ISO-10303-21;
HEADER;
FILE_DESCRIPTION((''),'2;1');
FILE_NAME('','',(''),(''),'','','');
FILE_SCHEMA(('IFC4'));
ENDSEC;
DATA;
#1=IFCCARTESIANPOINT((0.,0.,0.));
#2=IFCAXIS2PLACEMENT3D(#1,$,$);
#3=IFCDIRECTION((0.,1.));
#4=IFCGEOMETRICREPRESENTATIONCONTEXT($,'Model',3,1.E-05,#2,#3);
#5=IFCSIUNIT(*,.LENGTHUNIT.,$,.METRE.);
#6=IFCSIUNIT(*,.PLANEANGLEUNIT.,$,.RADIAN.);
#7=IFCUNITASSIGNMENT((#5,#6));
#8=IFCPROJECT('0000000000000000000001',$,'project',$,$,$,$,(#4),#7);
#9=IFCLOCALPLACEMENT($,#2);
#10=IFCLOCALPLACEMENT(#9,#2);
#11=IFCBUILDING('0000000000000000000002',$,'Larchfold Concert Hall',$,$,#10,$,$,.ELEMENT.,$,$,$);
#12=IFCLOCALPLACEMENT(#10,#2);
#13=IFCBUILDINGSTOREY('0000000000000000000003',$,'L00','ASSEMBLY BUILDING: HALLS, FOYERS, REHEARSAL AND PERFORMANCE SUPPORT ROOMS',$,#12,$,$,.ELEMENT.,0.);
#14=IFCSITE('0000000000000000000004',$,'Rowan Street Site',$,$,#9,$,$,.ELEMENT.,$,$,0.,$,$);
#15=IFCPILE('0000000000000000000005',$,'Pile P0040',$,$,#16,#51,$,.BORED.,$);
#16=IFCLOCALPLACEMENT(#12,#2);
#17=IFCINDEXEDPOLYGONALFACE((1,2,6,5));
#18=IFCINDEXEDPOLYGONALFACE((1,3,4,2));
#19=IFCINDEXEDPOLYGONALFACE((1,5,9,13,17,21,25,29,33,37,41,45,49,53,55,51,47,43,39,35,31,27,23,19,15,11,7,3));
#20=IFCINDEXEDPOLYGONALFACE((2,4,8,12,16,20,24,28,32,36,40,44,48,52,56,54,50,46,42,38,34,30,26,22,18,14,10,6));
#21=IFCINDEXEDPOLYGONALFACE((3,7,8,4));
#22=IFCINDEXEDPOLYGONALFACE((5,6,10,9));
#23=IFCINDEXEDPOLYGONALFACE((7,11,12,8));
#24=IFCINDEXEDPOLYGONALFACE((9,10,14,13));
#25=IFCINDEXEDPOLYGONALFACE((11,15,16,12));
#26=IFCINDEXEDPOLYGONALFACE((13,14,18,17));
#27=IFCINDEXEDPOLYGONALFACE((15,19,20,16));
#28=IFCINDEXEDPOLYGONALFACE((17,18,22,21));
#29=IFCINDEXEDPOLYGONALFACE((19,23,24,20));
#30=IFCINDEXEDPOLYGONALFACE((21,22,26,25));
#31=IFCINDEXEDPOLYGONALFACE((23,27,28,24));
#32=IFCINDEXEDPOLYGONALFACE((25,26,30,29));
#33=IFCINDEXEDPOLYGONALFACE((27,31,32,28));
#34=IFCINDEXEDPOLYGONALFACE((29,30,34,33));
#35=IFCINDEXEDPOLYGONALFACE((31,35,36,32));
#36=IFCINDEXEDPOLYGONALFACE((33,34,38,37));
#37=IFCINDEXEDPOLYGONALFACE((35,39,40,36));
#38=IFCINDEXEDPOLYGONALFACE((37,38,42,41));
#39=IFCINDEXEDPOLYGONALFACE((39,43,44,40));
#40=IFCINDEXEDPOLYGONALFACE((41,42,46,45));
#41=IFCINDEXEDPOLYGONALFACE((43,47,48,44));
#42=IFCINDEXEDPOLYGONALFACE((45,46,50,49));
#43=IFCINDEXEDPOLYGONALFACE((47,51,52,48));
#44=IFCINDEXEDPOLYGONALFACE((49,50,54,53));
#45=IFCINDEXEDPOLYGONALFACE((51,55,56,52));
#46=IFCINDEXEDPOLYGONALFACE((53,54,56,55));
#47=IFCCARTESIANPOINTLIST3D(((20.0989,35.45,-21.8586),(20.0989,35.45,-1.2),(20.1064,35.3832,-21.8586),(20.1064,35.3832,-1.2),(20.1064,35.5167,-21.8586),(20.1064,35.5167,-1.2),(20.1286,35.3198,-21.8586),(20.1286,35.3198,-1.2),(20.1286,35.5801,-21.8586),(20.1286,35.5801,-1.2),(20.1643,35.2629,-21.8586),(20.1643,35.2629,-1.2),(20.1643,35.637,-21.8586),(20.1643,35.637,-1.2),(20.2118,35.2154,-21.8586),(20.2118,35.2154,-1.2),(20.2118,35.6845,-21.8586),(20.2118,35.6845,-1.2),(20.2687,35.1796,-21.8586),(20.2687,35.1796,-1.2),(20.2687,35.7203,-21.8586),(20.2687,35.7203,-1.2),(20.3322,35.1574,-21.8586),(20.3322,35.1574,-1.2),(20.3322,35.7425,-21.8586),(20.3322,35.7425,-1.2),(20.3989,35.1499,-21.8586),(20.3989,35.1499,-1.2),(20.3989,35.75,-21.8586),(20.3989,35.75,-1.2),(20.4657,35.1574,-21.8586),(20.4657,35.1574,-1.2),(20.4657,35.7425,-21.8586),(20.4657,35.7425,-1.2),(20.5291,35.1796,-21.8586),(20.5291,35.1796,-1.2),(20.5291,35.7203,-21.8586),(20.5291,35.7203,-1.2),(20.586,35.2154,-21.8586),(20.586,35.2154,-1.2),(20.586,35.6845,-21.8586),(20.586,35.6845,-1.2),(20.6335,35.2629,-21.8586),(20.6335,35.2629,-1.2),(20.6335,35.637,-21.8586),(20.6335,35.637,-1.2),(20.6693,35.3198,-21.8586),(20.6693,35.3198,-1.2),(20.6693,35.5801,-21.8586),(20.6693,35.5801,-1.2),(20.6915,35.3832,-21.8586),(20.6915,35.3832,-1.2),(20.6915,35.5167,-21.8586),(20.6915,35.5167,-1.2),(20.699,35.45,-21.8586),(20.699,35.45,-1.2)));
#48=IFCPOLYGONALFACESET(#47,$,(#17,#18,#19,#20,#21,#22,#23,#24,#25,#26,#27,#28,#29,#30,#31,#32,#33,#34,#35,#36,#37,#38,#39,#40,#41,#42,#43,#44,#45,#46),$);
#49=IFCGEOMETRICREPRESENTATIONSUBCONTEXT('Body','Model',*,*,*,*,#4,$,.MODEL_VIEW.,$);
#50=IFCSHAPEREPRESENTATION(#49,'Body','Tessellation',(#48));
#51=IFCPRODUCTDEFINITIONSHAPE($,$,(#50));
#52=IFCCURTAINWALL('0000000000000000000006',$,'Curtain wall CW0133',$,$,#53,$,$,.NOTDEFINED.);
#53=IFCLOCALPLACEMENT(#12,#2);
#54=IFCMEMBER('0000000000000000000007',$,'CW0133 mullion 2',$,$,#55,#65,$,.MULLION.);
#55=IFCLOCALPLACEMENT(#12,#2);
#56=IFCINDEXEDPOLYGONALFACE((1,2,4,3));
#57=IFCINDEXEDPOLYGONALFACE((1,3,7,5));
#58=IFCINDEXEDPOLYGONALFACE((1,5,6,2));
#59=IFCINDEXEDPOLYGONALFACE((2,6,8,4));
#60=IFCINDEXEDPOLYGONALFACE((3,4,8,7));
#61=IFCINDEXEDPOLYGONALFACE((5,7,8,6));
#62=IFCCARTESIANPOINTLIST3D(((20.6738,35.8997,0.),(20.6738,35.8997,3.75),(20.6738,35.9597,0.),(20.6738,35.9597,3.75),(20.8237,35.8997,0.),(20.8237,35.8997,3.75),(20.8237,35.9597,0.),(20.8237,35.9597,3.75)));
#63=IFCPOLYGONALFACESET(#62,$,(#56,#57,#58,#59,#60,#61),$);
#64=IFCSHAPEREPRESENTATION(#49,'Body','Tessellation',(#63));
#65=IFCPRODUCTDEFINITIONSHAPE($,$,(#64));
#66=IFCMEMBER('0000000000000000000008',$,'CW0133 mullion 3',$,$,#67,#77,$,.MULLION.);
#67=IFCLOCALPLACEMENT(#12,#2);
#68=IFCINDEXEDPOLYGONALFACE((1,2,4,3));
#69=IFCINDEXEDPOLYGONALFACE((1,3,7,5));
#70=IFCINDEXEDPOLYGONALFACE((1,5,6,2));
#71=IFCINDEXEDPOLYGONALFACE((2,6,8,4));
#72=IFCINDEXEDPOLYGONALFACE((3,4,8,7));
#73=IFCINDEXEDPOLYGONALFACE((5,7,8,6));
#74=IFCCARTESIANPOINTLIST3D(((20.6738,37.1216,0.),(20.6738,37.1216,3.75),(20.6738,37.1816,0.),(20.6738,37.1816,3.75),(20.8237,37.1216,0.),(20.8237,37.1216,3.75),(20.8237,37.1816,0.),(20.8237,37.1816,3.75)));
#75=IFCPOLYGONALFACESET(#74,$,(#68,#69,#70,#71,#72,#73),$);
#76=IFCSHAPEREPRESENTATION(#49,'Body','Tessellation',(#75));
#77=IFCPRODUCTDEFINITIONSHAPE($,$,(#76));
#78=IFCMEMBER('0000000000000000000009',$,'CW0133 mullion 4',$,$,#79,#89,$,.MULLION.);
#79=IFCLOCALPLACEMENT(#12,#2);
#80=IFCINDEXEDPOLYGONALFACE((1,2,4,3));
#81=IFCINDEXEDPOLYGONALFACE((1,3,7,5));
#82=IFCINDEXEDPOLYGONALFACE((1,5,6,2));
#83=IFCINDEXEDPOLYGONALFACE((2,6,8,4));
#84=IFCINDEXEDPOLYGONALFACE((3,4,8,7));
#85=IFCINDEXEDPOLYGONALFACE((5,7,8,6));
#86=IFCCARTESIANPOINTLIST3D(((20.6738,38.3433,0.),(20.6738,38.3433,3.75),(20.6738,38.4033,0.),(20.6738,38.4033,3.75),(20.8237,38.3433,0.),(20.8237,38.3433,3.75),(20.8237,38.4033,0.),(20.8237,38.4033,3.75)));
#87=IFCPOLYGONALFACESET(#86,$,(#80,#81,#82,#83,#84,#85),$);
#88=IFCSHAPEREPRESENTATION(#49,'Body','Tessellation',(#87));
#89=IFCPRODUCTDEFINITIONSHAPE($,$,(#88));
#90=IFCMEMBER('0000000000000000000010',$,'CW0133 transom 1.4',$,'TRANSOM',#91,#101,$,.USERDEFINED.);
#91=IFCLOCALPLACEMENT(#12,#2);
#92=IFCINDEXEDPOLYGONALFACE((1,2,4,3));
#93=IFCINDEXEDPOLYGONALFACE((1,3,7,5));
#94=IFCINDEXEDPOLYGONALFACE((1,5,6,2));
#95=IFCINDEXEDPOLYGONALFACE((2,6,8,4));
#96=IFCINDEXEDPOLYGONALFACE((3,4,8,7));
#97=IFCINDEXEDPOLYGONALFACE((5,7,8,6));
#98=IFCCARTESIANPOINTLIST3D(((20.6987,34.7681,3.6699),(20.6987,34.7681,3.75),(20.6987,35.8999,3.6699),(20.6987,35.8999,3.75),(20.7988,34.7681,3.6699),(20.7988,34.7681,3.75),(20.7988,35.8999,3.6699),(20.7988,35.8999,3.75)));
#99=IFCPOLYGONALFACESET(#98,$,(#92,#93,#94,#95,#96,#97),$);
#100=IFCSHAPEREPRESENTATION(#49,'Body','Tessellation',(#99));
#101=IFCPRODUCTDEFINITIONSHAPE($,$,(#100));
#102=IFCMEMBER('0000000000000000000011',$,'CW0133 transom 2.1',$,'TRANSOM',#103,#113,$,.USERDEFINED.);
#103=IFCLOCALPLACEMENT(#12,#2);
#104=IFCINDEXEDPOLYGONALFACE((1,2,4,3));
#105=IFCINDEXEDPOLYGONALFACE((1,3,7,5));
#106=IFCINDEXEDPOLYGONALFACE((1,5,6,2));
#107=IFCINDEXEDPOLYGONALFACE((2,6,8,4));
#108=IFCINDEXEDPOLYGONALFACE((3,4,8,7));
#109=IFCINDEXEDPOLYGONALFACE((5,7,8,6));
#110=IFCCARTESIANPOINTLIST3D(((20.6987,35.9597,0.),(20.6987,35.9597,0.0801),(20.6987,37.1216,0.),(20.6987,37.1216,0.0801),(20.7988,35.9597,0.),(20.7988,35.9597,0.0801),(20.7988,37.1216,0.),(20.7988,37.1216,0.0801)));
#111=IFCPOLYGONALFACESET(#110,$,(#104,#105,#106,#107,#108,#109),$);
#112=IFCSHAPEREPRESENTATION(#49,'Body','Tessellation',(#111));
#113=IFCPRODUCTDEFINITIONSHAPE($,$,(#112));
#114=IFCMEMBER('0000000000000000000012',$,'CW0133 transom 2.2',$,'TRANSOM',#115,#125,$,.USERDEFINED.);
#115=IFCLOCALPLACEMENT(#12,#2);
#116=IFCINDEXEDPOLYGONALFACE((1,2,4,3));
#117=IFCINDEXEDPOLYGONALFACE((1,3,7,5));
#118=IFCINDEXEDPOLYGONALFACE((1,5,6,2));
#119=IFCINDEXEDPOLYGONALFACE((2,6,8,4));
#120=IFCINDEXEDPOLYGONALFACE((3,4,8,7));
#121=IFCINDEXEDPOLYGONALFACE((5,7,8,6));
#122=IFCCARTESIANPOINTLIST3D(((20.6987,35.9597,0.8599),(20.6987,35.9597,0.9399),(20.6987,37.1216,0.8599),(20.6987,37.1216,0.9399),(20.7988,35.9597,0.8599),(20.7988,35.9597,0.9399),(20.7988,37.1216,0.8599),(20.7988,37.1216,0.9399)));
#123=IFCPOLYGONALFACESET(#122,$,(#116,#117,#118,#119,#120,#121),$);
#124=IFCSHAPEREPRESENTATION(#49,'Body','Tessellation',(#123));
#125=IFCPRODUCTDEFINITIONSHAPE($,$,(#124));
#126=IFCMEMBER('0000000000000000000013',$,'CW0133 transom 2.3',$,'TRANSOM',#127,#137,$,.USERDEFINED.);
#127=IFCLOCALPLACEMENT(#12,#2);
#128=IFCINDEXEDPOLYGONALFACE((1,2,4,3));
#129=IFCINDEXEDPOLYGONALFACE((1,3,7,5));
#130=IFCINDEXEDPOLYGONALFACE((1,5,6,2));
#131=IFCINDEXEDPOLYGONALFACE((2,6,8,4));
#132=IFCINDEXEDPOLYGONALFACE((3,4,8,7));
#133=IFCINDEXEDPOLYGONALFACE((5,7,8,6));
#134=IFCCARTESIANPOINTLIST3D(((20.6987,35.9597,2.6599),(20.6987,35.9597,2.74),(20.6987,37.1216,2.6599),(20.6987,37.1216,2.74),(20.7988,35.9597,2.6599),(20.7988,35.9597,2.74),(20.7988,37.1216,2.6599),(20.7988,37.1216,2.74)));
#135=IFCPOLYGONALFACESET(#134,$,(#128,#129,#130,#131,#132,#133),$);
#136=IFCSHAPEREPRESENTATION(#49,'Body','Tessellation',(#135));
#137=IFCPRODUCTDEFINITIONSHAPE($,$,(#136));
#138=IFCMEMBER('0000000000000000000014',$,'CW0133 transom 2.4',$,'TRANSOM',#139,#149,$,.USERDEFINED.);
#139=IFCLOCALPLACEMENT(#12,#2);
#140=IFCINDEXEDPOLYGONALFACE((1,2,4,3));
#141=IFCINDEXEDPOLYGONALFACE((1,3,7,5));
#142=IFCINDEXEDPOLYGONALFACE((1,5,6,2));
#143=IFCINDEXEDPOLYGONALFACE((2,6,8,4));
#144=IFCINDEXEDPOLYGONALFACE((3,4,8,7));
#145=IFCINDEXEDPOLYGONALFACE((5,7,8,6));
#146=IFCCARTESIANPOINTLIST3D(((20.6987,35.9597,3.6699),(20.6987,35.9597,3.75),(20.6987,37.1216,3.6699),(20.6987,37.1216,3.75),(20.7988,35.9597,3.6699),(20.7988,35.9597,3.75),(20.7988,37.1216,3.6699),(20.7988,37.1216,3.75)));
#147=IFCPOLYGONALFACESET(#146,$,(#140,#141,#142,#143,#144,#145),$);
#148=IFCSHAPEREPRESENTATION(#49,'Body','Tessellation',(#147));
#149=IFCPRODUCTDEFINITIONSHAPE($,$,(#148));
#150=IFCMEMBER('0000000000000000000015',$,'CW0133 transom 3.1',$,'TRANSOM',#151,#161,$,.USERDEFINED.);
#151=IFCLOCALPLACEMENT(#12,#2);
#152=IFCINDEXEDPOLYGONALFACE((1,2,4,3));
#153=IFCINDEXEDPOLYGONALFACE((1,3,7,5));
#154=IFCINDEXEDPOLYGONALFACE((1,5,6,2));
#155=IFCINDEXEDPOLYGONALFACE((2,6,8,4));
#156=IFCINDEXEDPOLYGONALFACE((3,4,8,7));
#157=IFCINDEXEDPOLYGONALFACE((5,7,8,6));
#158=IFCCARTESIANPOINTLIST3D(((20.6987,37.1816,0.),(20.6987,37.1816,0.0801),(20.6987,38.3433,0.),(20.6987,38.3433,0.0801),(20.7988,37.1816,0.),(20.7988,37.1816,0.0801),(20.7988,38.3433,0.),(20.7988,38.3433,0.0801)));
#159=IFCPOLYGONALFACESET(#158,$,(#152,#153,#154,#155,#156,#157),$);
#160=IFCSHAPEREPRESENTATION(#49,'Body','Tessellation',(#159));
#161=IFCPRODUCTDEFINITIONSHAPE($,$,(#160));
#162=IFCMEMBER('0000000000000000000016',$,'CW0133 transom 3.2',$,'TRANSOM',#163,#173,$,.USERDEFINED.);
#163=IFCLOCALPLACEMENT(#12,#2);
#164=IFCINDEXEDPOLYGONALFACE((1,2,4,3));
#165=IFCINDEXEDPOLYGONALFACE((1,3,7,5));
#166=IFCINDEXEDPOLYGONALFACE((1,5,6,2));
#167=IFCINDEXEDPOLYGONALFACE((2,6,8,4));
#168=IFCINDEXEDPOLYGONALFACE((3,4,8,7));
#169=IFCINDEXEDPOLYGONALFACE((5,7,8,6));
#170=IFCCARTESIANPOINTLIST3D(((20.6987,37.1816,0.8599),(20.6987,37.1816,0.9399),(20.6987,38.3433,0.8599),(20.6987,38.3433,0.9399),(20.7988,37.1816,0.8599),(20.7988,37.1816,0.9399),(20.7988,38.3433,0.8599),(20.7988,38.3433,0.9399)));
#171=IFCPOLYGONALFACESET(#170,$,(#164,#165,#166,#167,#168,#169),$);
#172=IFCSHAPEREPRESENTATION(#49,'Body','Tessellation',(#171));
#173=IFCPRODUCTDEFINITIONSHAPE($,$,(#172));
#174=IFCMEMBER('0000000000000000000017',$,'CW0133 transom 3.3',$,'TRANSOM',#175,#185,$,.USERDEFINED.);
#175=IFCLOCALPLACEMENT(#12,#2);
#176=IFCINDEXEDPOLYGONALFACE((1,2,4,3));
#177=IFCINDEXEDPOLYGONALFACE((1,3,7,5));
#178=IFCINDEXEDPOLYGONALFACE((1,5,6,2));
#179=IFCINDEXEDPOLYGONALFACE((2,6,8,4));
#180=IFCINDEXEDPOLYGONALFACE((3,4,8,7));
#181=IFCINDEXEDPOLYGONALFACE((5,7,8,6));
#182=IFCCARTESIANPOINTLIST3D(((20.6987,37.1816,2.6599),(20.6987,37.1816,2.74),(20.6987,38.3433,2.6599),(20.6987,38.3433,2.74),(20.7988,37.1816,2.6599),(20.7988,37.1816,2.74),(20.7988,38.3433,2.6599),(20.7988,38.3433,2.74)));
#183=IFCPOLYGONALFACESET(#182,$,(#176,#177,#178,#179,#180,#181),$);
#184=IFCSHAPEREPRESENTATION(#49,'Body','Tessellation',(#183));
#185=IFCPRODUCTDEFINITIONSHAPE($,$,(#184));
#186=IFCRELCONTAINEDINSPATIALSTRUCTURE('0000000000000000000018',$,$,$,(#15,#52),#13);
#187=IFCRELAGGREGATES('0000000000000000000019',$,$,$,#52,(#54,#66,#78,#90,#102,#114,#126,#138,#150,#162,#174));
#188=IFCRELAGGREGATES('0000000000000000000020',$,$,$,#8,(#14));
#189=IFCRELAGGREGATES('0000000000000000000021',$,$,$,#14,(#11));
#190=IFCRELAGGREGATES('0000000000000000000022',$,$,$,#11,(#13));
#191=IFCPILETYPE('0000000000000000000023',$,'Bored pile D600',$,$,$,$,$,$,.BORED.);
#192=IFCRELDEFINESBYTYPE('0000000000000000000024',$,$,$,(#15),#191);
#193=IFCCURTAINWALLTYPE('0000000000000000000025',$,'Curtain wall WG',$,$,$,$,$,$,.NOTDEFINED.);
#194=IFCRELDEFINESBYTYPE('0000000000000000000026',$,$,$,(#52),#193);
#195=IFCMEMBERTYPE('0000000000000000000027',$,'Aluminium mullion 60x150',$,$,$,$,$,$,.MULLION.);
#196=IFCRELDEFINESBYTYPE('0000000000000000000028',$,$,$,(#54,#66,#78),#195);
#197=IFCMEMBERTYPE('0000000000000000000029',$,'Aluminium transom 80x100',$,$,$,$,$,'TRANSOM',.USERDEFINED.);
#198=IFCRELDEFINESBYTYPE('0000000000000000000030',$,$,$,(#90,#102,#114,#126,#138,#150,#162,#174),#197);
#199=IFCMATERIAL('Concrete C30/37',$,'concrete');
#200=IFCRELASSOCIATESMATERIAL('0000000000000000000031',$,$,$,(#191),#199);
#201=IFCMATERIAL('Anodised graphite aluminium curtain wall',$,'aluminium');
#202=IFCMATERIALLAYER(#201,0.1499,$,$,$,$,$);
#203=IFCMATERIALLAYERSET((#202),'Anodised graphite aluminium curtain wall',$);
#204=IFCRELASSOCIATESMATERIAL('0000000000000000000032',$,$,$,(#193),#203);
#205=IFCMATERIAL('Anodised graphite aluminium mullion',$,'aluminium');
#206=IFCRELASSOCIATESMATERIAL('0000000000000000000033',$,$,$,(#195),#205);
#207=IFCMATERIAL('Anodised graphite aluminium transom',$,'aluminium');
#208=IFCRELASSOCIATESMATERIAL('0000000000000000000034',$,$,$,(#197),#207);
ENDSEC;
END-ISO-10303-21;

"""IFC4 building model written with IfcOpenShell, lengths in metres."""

from ifc_helpers import new_model, si_unit, direction, frame, origin, origin_2d, place, context, subcontext, project, spatial, rectangle, circle, extrude, material, layer, layer_set, material_profile, profile_set, type_object, element, aggregate, save


model = new_model("IFC4")

# Units and contexts
model_context = context("Model", 3, precision=1e-05, world=origin(), true_north=direction((0.0, 1.0)))
body_context = subcontext(model_context, "Body", "Model", "MODEL_VIEW")
ifc_project = project(units=[si_unit("LENGTHUNIT", "METRE"), si_unit("PLANEANGLEUNIT", "RADIAN")], contexts=[model_context])

# Site, building, storey
site_placement = place(None, origin())
site = spatial("IfcSite", under=ifc_project, at=site_placement, Name="Rowan Street Site", CompositionType="ELEMENT", RefElevation=0.0)
building_placement = place(site_placement, origin())
building = spatial("IfcBuilding", under=site, at=building_placement, Name="Larchfold Concert Hall", CompositionType="ELEMENT")
storey_placement = place(building_placement, origin())
storey = spatial("IfcBuildingStorey", under=building, at=storey_placement, Name="L00", Description="ASSEMBLY BUILDING: HALLS, FOYERS, REHEARSAL AND PERFORMANCE SUPPORT ROOMS", CompositionType="ELEMENT", Elevation=0.0)

# Pile
ifc_material_1 = material(Name="Concrete C30/37", Category="concrete")
ifc_material_profile_1 = material_profile(ifc_material_1, circle(Radius=0.3, at=origin_2d()))
ifc_profile_set_1 = profile_set([ifc_material_profile_1], Name="Concrete C30/37")
pile_type = type_object("IfcPileType", Name="Bored pile D600", PredefinedType="BORED", material=ifc_profile_set_1)
pile_placement = place(storey_placement, frame((20.3989, 35.45, -1.2), z_axis=(0.0, 0.0, -1.0), x_axis=(1.0, 0.0, 0.0)))
element("IfcPile", 1, at=pile_placement, inside=storey, type_object=pile_type, Name="Pile P0040", PredefinedType="BORED", context=body_context, shape_type="SweptSolid", body=[
    extrude(circle(Radius=0.3, at=origin_2d()), origin(), (0.0, 0.0, 1.0), 20.6587),
])

# Curtain wall, members
ifc_material_2 = material(Name="Anodised graphite aluminium curtain wall", Category="aluminium")
ifc_layer_1 = layer(ifc_material_2, 0.1499)
ifc_layer_set_1 = layer_set([ifc_layer_1], Name="Anodised graphite aluminium curtain wall")
curtain_wall_type = type_object("IfcCurtainWallType", Name="Curtain wall WG", PredefinedType="NOTDEFINED", material=ifc_layer_set_1)
curtain_wall_placement = place(storey_placement, origin())
curtain_wall = element("IfcCurtainWall", 2, at=curtain_wall_placement, inside=storey, type_object=curtain_wall_type, Name="Curtain wall CW0133", PredefinedType="NOTDEFINED")
ifc_material_3 = material(Name="Anodised graphite aluminium mullion", Category="aluminium")
ifc_material_profile_2 = material_profile(ifc_material_3, rectangle(XDim=0.1499, YDim=0.0601, at=origin_2d()))
ifc_profile_set_2 = profile_set([ifc_material_profile_2], Name="Anodised graphite aluminium mullion")
member_type_1 = type_object("IfcMemberType", Name="Aluminium mullion 60x150", PredefinedType="MULLION", material=ifc_profile_set_2)
member_1_placement = place(storey_placement, frame((20.7488, 35.9297, 0.0), z_axis=(0.0, 0.0, 1.0), x_axis=(-1.0, 0.0, 0.0)))
member_1 = element("IfcMember", 3, at=member_1_placement, type_object=member_type_1, Name="CW0133 mullion 2", PredefinedType="MULLION", context=body_context, shape_type="SweptSolid", body=[
    extrude(rectangle(XDim=0.1499, YDim=0.0601, at=origin_2d()), origin(), (0.0, 0.0, 1.0), 3.75),
])
member_2_placement = place(storey_placement, frame((20.7488, 37.1516, 0.0), z_axis=(0.0, 0.0, 1.0), x_axis=(-1.0, 0.0, 0.0)))
member_2 = element("IfcMember", 4, at=member_2_placement, type_object=member_type_1, Name="CW0133 mullion 3", PredefinedType="MULLION", context=body_context, shape_type="SweptSolid", body=[
    extrude(rectangle(XDim=0.1499, YDim=0.0601, at=origin_2d()), origin(), (0.0, 0.0, 1.0), 3.75),
])
member_3_placement = place(storey_placement, frame((20.7488, 38.3733, 0.0), z_axis=(0.0, 0.0, 1.0), x_axis=(-1.0, 0.0, 0.0)))
member_3 = element("IfcMember", 5, at=member_3_placement, type_object=member_type_1, Name="CW0133 mullion 4", PredefinedType="MULLION", context=body_context, shape_type="SweptSolid", body=[
    extrude(rectangle(XDim=0.1499, YDim=0.0601, at=origin_2d()), origin(), (0.0, 0.0, 1.0), 3.75),
])
ifc_material_4 = material(Name="Anodised graphite aluminium transom", Category="aluminium")
ifc_material_profile_3 = material_profile(ifc_material_4, rectangle(XDim=0.1001, YDim=0.0801, at=origin_2d()))
ifc_profile_set_3 = profile_set([ifc_material_profile_3], Name="Anodised graphite aluminium transom")
member_type_2 = type_object("IfcMemberType", Name="Aluminium transom 80x100", ElementType="TRANSOM", PredefinedType="USERDEFINED", material=ifc_profile_set_3)
member_4_placement = place(storey_placement, frame((20.7488, 34.7681, 3.71), z_axis=(0.0, 1.0, 0.0), x_axis=(-1.0, 0.0, 0.0)))
member_4 = element("IfcMember", 6, at=member_4_placement, type_object=member_type_2, Name="CW0133 transom 1.4", ObjectType="TRANSOM", PredefinedType="USERDEFINED", context=body_context, shape_type="SweptSolid", body=[
    extrude(rectangle(XDim=0.1001, YDim=0.0801, at=origin_2d()), origin(), (0.0, 0.0, 1.0), 1.1318),
])
member_5_placement = place(storey_placement, frame((20.7488, 35.9597, 0.04), z_axis=(0.0, 1.0, 0.0), x_axis=(-1.0, 0.0, 0.0)))
member_5 = element("IfcMember", 7, at=member_5_placement, type_object=member_type_2, Name="CW0133 transom 2.1", ObjectType="TRANSOM", PredefinedType="USERDEFINED", context=body_context, shape_type="SweptSolid", body=[
    extrude(rectangle(XDim=0.1001, YDim=0.0801, at=origin_2d()), origin(), (0.0, 0.0, 1.0), 1.1619),
])
member_6_placement = place(storey_placement, frame((20.7488, 35.9597, 0.8999), z_axis=(0.0, 1.0, 0.0), x_axis=(-1.0, 0.0, 0.0)))
member_6 = element("IfcMember", 8, at=member_6_placement, type_object=member_type_2, Name="CW0133 transom 2.2", ObjectType="TRANSOM", PredefinedType="USERDEFINED", context=body_context, shape_type="SweptSolid", body=[
    extrude(rectangle(XDim=0.1001, YDim=0.0801, at=origin_2d()), origin(), (0.0, 0.0, 1.0), 1.1619),
])
member_7_placement = place(storey_placement, frame((20.7488, 35.9597, 2.7), z_axis=(0.0, 1.0, 0.0), x_axis=(-1.0, 0.0, 0.0)))
member_7 = element("IfcMember", 9, at=member_7_placement, type_object=member_type_2, Name="CW0133 transom 2.3", ObjectType="TRANSOM", PredefinedType="USERDEFINED", context=body_context, shape_type="SweptSolid", body=[
    extrude(rectangle(XDim=0.1001, YDim=0.0801, at=origin_2d()), origin(), (0.0, 0.0, 1.0), 1.1619),
])
member_8_placement = place(storey_placement, frame((20.7488, 35.9597, 3.71), z_axis=(0.0, 1.0, 0.0), x_axis=(-1.0, 0.0, 0.0)))
member_8 = element("IfcMember", 10, at=member_8_placement, type_object=member_type_2, Name="CW0133 transom 2.4", ObjectType="TRANSOM", PredefinedType="USERDEFINED", context=body_context, shape_type="SweptSolid", body=[
    extrude(rectangle(XDim=0.1001, YDim=0.0801, at=origin_2d()), origin(), (0.0, 0.0, 1.0), 1.1619),
])
member_9_placement = place(storey_placement, frame((20.7488, 37.1816, 0.04), z_axis=(0.0, 1.0, 0.0), x_axis=(-1.0, 0.0, 0.0)))
member_9 = element("IfcMember", 11, at=member_9_placement, type_object=member_type_2, Name="CW0133 transom 3.1", ObjectType="TRANSOM", PredefinedType="USERDEFINED", context=body_context, shape_type="SweptSolid", body=[
    extrude(rectangle(XDim=0.1001, YDim=0.0801, at=origin_2d()), origin(), (0.0, 0.0, 1.0), 1.1616),
])
member_10_placement = place(storey_placement, frame((20.7488, 37.1816, 0.8999), z_axis=(0.0, 1.0, 0.0), x_axis=(-1.0, 0.0, 0.0)))
member_10 = element("IfcMember", 12, at=member_10_placement, type_object=member_type_2, Name="CW0133 transom 3.2", ObjectType="TRANSOM", PredefinedType="USERDEFINED", context=body_context, shape_type="SweptSolid", body=[
    extrude(rectangle(XDim=0.1001, YDim=0.0801, at=origin_2d()), origin(), (0.0, 0.0, 1.0), 1.1616),
])
member_11_placement = place(storey_placement, frame((20.7488, 37.1816, 2.7), z_axis=(0.0, 1.0, 0.0), x_axis=(-1.0, 0.0, 0.0)))
member_11 = element("IfcMember", 13, at=member_11_placement, type_object=member_type_2, Name="CW0133 transom 3.3", ObjectType="TRANSOM", PredefinedType="USERDEFINED", context=body_context, shape_type="SweptSolid", body=[
    extrude(rectangle(XDim=0.1001, YDim=0.0801, at=origin_2d()), origin(), (0.0, 0.0, 1.0), 1.1616),
])
aggregate(curtain_wall, [member_1, member_2, member_3, member_4, member_5, member_6, member_7, member_8, member_9, member_10, member_11])

save(model, "model.ifc")
